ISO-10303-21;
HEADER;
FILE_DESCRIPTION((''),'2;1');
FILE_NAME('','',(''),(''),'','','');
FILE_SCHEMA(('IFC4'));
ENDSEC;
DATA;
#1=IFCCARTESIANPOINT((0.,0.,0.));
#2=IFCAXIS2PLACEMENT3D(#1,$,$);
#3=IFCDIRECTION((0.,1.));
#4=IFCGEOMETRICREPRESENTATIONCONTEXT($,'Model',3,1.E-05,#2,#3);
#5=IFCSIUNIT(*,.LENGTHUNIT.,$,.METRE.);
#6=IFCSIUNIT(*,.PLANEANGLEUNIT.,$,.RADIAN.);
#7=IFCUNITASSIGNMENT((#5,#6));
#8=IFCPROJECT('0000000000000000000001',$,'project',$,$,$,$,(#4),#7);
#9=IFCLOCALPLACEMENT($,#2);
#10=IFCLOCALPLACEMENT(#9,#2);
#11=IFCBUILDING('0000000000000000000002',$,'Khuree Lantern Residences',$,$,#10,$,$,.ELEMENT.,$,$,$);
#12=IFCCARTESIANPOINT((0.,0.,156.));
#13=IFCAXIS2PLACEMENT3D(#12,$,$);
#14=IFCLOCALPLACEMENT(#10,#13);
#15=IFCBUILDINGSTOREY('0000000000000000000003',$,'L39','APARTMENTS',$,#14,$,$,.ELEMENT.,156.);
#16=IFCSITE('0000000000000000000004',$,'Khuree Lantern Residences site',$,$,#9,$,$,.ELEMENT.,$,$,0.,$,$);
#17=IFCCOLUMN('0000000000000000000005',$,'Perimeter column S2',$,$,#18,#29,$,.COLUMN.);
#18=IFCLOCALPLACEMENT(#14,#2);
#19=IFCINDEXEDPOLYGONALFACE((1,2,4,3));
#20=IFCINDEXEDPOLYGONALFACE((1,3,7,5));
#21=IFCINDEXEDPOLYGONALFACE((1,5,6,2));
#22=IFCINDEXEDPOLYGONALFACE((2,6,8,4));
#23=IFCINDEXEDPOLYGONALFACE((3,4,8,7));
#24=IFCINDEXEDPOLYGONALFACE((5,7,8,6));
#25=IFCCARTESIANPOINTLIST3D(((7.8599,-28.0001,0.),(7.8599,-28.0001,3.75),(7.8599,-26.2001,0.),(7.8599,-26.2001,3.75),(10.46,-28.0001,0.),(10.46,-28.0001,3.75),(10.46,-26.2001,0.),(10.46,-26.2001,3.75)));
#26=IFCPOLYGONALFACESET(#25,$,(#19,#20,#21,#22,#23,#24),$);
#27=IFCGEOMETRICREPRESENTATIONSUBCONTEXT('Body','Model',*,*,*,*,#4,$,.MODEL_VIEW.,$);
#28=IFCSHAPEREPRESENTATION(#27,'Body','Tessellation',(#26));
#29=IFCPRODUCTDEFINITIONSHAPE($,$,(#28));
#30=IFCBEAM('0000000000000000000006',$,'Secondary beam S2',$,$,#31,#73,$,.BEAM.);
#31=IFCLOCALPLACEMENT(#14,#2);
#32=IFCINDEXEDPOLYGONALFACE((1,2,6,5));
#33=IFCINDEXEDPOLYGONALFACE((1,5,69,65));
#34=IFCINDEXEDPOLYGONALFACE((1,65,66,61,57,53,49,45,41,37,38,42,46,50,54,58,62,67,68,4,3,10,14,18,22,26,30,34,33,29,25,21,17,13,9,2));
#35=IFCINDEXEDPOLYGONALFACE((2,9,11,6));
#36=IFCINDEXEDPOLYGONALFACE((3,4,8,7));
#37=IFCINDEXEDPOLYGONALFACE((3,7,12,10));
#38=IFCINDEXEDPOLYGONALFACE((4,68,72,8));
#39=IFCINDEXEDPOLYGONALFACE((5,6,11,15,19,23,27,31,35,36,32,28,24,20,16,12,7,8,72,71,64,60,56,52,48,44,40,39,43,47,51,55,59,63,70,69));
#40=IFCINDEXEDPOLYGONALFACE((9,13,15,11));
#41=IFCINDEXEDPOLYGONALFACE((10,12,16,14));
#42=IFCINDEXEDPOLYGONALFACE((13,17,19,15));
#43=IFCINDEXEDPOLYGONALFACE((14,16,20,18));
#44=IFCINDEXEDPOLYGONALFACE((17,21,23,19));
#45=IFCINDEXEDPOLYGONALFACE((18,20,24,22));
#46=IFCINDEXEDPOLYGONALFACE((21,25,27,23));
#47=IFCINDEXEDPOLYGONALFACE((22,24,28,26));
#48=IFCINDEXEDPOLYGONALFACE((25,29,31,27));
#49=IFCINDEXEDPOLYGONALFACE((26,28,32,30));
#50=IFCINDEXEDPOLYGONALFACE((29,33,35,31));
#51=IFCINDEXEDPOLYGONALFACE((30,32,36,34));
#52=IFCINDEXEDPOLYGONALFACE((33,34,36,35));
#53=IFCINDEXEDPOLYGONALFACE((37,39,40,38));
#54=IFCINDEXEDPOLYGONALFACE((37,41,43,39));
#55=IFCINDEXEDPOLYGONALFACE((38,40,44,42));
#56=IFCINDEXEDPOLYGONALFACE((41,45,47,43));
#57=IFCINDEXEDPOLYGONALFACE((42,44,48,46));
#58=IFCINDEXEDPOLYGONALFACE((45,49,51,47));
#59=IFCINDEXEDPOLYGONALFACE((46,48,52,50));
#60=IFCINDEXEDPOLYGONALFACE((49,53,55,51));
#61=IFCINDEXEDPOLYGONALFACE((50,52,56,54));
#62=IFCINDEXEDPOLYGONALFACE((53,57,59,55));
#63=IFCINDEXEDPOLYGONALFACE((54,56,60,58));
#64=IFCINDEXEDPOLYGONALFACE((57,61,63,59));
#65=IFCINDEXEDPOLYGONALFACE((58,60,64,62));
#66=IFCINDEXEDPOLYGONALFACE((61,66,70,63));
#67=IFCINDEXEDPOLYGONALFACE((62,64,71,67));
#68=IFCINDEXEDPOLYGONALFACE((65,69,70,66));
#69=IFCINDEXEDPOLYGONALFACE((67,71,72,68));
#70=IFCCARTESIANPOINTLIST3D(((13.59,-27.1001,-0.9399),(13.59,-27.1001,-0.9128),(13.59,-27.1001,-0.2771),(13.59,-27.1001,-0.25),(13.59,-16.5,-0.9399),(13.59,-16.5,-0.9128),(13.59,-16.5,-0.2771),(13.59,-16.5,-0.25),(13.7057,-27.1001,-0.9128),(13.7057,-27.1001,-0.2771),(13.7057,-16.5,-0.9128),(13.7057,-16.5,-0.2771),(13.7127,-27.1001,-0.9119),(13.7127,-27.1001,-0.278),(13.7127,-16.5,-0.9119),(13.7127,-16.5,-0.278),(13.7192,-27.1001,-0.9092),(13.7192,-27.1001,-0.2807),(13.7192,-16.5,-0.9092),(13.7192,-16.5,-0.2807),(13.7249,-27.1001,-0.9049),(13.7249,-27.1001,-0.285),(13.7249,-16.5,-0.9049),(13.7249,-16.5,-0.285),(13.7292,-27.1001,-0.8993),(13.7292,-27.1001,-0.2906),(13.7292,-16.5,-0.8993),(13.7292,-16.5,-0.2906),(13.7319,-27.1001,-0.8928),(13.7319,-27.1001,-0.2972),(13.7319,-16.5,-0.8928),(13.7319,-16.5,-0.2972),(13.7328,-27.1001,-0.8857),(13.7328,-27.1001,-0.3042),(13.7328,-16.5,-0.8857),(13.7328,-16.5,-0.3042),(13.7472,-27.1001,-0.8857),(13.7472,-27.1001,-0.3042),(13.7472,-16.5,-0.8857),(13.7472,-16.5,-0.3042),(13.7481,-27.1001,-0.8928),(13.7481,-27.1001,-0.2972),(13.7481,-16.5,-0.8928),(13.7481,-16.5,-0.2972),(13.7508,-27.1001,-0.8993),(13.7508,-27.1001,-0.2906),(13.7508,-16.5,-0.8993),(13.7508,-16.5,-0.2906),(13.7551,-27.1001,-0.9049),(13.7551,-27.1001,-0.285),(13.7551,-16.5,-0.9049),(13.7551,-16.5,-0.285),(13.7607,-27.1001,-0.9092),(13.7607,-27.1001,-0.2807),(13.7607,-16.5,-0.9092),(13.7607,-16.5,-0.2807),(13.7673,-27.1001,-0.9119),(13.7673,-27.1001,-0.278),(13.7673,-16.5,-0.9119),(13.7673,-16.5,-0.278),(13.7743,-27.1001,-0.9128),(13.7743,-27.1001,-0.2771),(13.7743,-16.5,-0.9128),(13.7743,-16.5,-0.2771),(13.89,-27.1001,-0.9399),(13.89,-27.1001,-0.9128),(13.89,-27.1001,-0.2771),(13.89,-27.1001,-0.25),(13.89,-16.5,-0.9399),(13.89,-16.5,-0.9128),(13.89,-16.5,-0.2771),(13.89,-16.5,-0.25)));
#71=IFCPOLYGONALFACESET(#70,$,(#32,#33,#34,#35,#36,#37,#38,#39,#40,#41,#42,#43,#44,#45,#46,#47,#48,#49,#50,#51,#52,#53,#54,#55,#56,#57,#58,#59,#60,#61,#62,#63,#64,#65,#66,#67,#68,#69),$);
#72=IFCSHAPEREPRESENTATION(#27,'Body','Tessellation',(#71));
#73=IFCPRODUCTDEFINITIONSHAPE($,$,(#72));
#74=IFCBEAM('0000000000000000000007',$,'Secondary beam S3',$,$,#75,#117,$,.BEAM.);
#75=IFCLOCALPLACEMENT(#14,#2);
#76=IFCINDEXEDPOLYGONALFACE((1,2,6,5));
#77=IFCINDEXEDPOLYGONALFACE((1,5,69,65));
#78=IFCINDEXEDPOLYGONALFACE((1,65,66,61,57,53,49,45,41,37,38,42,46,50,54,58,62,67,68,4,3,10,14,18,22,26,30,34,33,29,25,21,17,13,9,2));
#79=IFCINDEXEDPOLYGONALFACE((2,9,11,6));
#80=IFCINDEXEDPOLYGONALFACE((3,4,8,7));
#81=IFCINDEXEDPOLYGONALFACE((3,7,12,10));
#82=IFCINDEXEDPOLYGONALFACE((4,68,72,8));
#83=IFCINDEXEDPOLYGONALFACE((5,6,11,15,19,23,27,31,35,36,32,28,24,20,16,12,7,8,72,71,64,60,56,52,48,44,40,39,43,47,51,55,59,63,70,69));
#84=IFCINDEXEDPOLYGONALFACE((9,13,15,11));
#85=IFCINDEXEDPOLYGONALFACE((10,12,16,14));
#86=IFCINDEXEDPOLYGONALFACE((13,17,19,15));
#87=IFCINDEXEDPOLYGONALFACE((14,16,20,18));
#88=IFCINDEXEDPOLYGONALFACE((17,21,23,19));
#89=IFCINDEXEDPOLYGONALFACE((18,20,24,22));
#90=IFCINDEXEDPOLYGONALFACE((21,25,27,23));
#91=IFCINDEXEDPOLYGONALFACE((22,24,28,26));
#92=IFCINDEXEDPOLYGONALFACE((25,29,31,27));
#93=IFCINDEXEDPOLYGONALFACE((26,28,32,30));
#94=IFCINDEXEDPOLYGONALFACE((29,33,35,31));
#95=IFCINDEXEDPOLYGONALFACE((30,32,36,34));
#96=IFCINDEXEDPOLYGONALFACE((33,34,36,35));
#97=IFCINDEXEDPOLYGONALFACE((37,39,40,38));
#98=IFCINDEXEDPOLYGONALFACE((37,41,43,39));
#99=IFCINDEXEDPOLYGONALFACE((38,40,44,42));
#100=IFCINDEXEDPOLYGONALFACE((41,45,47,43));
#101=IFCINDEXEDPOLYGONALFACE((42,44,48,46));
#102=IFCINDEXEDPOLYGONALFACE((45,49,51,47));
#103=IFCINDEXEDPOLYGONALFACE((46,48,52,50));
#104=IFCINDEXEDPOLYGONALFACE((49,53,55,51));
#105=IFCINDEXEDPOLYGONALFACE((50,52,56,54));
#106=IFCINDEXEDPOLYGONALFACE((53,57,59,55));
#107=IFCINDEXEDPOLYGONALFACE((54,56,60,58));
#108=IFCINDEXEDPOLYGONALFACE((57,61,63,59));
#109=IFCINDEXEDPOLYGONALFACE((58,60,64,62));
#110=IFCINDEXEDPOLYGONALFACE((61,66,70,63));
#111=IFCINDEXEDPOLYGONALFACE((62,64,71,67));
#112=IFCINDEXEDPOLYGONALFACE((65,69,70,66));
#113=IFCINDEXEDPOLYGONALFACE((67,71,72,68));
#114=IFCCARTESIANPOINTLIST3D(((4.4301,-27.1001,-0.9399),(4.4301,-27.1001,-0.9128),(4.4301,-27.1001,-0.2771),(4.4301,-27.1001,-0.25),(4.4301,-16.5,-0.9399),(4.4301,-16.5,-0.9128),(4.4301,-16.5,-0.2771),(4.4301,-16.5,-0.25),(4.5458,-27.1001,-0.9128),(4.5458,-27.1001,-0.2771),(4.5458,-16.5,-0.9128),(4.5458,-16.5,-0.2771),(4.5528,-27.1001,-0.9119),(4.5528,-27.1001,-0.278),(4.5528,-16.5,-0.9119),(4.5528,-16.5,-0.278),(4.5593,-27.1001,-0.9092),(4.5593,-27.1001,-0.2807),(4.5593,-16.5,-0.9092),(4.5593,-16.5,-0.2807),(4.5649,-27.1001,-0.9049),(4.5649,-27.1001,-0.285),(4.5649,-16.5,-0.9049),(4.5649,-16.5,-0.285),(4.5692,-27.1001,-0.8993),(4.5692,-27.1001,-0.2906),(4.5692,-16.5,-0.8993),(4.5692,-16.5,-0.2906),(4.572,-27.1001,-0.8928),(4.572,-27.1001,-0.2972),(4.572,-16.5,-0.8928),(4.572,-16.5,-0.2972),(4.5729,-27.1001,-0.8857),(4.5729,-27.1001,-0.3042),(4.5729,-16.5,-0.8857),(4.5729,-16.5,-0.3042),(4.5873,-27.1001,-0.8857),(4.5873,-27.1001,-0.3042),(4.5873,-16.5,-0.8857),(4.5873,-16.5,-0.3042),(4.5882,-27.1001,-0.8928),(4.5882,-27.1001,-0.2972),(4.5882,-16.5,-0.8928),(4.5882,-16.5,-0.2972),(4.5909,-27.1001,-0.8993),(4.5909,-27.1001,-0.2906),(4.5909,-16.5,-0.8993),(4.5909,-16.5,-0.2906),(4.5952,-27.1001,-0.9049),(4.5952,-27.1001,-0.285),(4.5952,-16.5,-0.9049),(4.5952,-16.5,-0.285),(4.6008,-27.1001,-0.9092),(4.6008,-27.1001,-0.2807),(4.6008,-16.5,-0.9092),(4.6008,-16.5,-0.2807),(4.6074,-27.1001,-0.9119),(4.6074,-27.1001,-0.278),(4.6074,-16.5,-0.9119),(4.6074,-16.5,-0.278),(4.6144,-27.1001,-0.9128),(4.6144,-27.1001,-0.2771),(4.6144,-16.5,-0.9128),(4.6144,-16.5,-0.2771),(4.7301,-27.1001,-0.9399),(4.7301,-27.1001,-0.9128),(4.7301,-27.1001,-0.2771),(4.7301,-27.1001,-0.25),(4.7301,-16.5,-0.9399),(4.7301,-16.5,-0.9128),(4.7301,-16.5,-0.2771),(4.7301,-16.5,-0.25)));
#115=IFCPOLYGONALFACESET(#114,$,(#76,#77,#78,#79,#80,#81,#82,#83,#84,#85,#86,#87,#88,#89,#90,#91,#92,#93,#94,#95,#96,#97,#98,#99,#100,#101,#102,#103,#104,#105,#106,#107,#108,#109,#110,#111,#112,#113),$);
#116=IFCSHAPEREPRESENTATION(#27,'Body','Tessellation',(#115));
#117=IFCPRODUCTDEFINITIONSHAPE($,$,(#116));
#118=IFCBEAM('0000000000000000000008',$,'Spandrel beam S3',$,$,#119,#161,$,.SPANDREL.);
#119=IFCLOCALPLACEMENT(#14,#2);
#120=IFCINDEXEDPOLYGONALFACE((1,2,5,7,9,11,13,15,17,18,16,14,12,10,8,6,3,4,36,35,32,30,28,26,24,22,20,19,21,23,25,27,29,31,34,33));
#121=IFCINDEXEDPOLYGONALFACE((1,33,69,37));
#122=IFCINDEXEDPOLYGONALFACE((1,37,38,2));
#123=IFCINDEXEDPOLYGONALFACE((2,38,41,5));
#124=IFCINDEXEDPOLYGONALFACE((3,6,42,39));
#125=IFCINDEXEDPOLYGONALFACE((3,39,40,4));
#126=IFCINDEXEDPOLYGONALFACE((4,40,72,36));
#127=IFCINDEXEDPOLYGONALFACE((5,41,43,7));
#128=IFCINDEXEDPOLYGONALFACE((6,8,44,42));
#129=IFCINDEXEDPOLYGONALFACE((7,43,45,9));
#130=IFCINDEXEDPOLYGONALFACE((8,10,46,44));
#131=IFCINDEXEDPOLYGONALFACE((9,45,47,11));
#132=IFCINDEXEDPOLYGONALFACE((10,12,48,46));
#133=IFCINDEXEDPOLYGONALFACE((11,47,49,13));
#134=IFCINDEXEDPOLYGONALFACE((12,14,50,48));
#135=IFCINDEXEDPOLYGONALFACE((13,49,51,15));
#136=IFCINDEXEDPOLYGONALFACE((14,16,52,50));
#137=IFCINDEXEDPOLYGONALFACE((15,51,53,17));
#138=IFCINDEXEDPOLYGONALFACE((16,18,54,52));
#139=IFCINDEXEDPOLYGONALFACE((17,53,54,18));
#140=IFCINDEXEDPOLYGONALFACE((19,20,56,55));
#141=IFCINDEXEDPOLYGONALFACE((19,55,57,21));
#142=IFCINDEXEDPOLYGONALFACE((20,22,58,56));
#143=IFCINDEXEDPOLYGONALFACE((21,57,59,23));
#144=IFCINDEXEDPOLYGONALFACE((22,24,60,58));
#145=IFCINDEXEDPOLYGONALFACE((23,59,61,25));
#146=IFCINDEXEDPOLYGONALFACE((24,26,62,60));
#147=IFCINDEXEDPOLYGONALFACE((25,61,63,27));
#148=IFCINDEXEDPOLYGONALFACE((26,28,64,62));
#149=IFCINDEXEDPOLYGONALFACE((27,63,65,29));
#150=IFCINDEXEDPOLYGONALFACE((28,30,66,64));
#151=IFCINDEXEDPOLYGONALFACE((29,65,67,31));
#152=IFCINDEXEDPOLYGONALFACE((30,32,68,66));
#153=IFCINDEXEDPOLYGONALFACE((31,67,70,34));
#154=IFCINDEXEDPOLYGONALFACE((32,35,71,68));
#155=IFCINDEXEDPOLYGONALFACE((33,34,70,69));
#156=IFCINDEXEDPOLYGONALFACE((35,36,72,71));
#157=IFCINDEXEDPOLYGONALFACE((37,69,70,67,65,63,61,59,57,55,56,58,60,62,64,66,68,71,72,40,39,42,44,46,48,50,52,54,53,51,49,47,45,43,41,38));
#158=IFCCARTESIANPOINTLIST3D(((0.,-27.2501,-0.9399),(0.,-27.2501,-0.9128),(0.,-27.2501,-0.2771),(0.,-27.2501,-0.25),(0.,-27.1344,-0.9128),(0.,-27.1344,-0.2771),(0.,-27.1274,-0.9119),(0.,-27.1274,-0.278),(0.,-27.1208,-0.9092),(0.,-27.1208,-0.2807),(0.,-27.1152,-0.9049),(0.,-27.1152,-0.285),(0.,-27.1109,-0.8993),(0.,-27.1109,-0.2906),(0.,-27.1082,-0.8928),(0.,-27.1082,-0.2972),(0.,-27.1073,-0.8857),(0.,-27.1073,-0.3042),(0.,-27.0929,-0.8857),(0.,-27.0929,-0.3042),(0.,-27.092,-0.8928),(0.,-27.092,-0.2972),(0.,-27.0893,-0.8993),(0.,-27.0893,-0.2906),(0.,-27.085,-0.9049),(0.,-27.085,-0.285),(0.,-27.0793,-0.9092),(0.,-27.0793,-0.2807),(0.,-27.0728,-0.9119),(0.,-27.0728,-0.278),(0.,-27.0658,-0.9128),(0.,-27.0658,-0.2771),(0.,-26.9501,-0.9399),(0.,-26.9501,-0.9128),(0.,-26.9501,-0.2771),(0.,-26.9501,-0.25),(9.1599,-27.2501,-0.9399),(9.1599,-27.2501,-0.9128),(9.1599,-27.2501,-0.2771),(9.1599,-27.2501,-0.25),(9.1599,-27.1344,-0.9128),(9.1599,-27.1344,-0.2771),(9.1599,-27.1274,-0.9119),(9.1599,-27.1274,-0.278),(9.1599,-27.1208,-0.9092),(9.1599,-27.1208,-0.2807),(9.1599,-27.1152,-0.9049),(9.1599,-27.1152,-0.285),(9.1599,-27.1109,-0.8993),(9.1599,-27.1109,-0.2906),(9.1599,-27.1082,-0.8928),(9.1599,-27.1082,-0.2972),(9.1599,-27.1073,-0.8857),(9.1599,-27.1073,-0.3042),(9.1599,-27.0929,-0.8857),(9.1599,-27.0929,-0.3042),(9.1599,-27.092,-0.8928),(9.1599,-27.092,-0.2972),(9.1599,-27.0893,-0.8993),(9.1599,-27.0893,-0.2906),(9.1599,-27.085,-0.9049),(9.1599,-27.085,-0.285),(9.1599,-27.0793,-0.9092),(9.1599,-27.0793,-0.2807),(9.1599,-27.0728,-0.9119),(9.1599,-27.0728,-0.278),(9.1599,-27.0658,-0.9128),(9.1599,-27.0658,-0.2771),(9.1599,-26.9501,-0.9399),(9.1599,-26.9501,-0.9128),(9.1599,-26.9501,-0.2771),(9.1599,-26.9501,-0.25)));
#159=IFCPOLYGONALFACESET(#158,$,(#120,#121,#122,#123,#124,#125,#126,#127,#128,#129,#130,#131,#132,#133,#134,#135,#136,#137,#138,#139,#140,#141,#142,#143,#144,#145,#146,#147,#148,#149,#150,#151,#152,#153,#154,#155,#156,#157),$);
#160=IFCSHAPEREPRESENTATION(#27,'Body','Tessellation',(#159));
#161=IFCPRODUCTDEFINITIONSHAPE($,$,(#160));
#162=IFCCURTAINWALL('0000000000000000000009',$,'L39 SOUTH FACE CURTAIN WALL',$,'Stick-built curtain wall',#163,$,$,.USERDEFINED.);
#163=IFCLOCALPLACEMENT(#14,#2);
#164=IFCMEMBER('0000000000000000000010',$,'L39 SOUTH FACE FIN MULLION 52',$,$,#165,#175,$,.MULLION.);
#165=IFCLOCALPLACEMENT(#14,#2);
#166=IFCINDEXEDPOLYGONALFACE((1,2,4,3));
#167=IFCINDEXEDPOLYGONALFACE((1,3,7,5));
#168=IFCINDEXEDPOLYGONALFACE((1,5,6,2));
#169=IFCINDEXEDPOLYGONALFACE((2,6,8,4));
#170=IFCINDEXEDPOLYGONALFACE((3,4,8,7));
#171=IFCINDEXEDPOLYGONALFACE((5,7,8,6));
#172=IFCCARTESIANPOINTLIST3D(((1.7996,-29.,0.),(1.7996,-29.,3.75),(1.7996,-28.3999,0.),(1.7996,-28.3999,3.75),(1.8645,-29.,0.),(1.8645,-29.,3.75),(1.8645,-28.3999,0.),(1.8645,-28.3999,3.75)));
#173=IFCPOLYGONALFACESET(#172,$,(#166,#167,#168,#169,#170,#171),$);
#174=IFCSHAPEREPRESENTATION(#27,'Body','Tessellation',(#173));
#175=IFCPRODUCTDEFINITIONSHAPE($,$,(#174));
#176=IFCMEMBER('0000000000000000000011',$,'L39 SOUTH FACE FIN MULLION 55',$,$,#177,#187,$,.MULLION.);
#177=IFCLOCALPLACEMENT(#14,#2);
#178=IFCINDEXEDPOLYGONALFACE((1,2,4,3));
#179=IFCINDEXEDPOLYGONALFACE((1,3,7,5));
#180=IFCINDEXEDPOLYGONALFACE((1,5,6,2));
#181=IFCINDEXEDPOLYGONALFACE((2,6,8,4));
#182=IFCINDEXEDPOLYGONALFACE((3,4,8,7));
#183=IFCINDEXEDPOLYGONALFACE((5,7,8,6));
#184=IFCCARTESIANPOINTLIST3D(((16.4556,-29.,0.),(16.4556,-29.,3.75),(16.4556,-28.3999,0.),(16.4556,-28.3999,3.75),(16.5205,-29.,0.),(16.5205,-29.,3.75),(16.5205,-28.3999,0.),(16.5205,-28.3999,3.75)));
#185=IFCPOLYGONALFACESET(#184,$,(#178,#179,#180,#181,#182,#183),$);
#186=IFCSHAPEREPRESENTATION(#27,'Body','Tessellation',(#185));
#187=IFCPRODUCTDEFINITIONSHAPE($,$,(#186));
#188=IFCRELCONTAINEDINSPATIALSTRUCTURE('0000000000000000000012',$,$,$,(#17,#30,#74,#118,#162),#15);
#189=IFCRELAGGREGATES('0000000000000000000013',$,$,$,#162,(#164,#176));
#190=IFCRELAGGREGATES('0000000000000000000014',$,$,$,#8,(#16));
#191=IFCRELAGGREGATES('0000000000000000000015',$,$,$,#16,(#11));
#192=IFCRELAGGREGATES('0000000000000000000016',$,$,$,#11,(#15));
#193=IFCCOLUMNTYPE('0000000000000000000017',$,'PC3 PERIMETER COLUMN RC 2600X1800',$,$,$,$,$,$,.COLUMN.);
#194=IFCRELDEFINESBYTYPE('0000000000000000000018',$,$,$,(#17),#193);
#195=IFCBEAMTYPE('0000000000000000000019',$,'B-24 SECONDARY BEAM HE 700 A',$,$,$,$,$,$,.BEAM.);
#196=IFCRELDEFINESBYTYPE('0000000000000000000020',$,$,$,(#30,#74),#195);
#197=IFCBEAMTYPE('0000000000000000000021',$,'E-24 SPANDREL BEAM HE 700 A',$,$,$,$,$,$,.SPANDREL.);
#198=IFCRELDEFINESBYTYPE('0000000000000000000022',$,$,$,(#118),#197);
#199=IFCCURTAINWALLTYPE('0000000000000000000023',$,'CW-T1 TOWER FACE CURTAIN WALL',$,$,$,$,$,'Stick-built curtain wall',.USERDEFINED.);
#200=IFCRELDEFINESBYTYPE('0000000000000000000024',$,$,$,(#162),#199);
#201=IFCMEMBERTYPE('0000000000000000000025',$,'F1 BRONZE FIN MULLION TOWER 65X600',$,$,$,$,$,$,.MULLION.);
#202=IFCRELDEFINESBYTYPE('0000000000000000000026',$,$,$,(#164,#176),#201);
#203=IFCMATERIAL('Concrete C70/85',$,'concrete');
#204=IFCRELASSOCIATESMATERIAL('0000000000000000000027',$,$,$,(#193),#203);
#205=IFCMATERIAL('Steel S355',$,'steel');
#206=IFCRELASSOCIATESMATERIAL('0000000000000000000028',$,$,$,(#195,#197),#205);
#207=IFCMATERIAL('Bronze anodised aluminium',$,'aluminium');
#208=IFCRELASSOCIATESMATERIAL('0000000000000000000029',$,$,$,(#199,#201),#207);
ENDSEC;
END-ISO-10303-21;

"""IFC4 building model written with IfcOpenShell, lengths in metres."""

from ifc_helpers import new_model, si_unit, direction, frame, origin, origin_2d, place, context, subcontext, project, spatial, rectangle, i_section, extrude, material, material_profile, profile_set, type_object, element, aggregate, save


model = new_model("IFC4")

# Units and contexts
model_context = context("Model", 3, precision=1e-05, world=origin(), true_north=direction((0.0, 1.0)))
body_context = subcontext(model_context, "Body", "Model", "MODEL_VIEW")
ifc_project = project(units=[si_unit("LENGTHUNIT", "METRE"), si_unit("PLANEANGLEUNIT", "RADIAN")], contexts=[model_context])

# Site, building, storey
site_placement = place(None, origin())
site = spatial("IfcSite", under=ifc_project, at=site_placement, Name="Khuree Lantern Residences site", CompositionType="ELEMENT", RefElevation=0.0)
building_placement = place(site_placement, origin())
building = spatial("IfcBuilding", under=site, at=building_placement, Name="Khuree Lantern Residences", CompositionType="ELEMENT")
storey_placement = place(building_placement, frame((0.0, 0.0, 156.0)))
storey = spatial("IfcBuildingStorey", under=building, at=storey_placement, Name="L39", Description="APARTMENTS", CompositionType="ELEMENT", Elevation=156.0)

# Column
ifc_material_1 = material(Name="Concrete C70/85", Category="concrete")
ifc_material_profile_1 = material_profile(ifc_material_1, rectangle(XDim=2.6001, YDim=1.8, at=origin_2d()), Name="RC 2600X1800")
ifc_profile_set_1 = profile_set([ifc_material_profile_1], Name="Concrete C70/85")
column_type = type_object("IfcColumnType", Name="PC3 PERIMETER COLUMN RC 2600X1800", PredefinedType="COLUMN", material=ifc_profile_set_1)
column_placement = place(storey_placement, frame((9.1599, -27.1001, 0.0), z_axis=(0.0, 0.0, 1.0), x_axis=(1.0, 0.0, 0.0)))
element("IfcColumn", 1, at=column_placement, inside=storey, type_object=column_type, Name="Perimeter column S2", PredefinedType="COLUMN", context=body_context, shape_type="SweptSolid", body=[
    extrude(rectangle(XDim=2.6001, YDim=1.8, at=origin_2d()), origin(), (0.0, 0.0, 1.0), 3.75),
])

# Beams
ifc_material_2 = material(Name="Steel S355", Category="steel")
ifc_material_profile_2 = material_profile(ifc_material_2, i_section(OverallWidth=0.3, OverallDepth=0.6899, WebThickness=0.0144, FlangeThickness=0.0271, FilletRadius=0.0271, at=origin_2d()), Name="HE 700 A")
ifc_profile_set_2 = profile_set([ifc_material_profile_2], Name="Steel S355")
beam_type_1 = type_object("IfcBeamType", Name="B-24 SECONDARY BEAM HE 700 A", PredefinedType="BEAM", material=ifc_profile_set_2)
for number, where, z_axis, x_axis, name in (
    (2, (13.74, -27.1001, -0.595), (0.0, 1.0, 0.0), (-1.0, 0.0, 0.0), "Secondary beam S2"),
    (3, (4.5801, -27.1001, -0.595), (0.0, 1.0, 0.0), (-1.0, 0.0, 0.0), "Secondary beam S3"),
):
    element("IfcBeam", number, at=place(storey_placement, frame(where, z_axis=z_axis, x_axis=x_axis)), inside=storey, type_object=beam_type_1, Name=name, PredefinedType="BEAM", context=body_context, shape_type="SweptSolid", body=[
        extrude(i_section(OverallWidth=0.3, OverallDepth=0.6899, WebThickness=0.0144, FlangeThickness=0.0271, FilletRadius=0.0271, at=origin_2d()), origin(), (0.0, 0.0, 1.0), 10.6001),
    ])
ifc_material_profile_3 = material_profile(ifc_material_2, i_section(OverallWidth=0.3, OverallDepth=0.6899, WebThickness=0.0144, FlangeThickness=0.0271, FilletRadius=0.0271, at=origin_2d()), Name="HE 700 A")
ifc_profile_set_3 = profile_set([ifc_material_profile_3], Name="Steel S355")
beam_type_2 = type_object("IfcBeamType", Name="E-24 SPANDREL BEAM HE 700 A", PredefinedType="SPANDREL", material=ifc_profile_set_3)
beam_1_placement = place(storey_placement, frame((9.1599, -27.1001, -0.595), z_axis=(-1.0, 0.0, 0.0), x_axis=(0.0, -1.0, 0.0)))
element("IfcBeam", 4, at=beam_1_placement, inside=storey, type_object=beam_type_2, Name="Spandrel beam S3", PredefinedType="SPANDREL", context=body_context, shape_type="SweptSolid", body=[
    extrude(i_section(OverallWidth=0.3, OverallDepth=0.6899, WebThickness=0.0144, FlangeThickness=0.0271, FilletRadius=0.0271, at=origin_2d()), origin(), (0.0, 0.0, 1.0), 9.1599),
])

# Curtain wall, members
ifc_material_3 = material(Name="Bronze anodised aluminium", Category="aluminium")
curtain_wall_type = type_object("IfcCurtainWallType", Name="CW-T1 TOWER FACE CURTAIN WALL", ElementType="Stick-built curtain wall", PredefinedType="USERDEFINED", material=ifc_material_3)
curtain_wall_placement = place(storey_placement, origin())
curtain_wall = element("IfcCurtainWall", 5, at=curtain_wall_placement, inside=storey, type_object=curtain_wall_type, Name="L39 SOUTH FACE CURTAIN WALL", ObjectType="Stick-built curtain wall", PredefinedType="USERDEFINED")
ifc_material_profile_4 = material_profile(ifc_material_3, rectangle(XDim=0.0649, YDim=0.6001, at=origin_2d()), Name="F1 65X600")
ifc_profile_set_4 = profile_set([ifc_material_profile_4], Name="Bronze anodised aluminium")
member_type_1 = type_object("IfcMemberType", Name="F1 BRONZE FIN MULLION TOWER 65X600", PredefinedType="MULLION", material=ifc_profile_set_4)
member_1_placement = place(storey_placement, frame((1.832, -28.7, 0.0), z_axis=(0.0, 0.0, 1.0), x_axis=(1.0, 0.0, 0.0)))
member_1 = element("IfcMember", 6, at=member_1_placement, type_object=member_type_1, Name="L39 SOUTH FACE FIN MULLION 52", PredefinedType="MULLION", context=body_context, shape_type="SweptSolid", body=[
    extrude(rectangle(XDim=0.0649, YDim=0.6001, at=origin_2d()), origin(), (0.0, 0.0, 1.0), 3.75),
])
member_2_placement = place(storey_placement, frame((16.488, -28.7, 0.0), z_axis=(0.0, 0.0, 1.0), x_axis=(1.0, 0.0, 0.0)))
member_2 = element("IfcMember", 7, at=member_2_placement, type_object=member_type_1, Name="L39 SOUTH FACE FIN MULLION 55", PredefinedType="MULLION", context=body_context, shape_type="SweptSolid", body=[
    extrude(rectangle(XDim=0.0649, YDim=0.6001, at=origin_2d()), origin(), (0.0, 0.0, 1.0), 3.75),
])

aggregate(curtain_wall, [member_1, member_2])

save(model, "model.ifc")
